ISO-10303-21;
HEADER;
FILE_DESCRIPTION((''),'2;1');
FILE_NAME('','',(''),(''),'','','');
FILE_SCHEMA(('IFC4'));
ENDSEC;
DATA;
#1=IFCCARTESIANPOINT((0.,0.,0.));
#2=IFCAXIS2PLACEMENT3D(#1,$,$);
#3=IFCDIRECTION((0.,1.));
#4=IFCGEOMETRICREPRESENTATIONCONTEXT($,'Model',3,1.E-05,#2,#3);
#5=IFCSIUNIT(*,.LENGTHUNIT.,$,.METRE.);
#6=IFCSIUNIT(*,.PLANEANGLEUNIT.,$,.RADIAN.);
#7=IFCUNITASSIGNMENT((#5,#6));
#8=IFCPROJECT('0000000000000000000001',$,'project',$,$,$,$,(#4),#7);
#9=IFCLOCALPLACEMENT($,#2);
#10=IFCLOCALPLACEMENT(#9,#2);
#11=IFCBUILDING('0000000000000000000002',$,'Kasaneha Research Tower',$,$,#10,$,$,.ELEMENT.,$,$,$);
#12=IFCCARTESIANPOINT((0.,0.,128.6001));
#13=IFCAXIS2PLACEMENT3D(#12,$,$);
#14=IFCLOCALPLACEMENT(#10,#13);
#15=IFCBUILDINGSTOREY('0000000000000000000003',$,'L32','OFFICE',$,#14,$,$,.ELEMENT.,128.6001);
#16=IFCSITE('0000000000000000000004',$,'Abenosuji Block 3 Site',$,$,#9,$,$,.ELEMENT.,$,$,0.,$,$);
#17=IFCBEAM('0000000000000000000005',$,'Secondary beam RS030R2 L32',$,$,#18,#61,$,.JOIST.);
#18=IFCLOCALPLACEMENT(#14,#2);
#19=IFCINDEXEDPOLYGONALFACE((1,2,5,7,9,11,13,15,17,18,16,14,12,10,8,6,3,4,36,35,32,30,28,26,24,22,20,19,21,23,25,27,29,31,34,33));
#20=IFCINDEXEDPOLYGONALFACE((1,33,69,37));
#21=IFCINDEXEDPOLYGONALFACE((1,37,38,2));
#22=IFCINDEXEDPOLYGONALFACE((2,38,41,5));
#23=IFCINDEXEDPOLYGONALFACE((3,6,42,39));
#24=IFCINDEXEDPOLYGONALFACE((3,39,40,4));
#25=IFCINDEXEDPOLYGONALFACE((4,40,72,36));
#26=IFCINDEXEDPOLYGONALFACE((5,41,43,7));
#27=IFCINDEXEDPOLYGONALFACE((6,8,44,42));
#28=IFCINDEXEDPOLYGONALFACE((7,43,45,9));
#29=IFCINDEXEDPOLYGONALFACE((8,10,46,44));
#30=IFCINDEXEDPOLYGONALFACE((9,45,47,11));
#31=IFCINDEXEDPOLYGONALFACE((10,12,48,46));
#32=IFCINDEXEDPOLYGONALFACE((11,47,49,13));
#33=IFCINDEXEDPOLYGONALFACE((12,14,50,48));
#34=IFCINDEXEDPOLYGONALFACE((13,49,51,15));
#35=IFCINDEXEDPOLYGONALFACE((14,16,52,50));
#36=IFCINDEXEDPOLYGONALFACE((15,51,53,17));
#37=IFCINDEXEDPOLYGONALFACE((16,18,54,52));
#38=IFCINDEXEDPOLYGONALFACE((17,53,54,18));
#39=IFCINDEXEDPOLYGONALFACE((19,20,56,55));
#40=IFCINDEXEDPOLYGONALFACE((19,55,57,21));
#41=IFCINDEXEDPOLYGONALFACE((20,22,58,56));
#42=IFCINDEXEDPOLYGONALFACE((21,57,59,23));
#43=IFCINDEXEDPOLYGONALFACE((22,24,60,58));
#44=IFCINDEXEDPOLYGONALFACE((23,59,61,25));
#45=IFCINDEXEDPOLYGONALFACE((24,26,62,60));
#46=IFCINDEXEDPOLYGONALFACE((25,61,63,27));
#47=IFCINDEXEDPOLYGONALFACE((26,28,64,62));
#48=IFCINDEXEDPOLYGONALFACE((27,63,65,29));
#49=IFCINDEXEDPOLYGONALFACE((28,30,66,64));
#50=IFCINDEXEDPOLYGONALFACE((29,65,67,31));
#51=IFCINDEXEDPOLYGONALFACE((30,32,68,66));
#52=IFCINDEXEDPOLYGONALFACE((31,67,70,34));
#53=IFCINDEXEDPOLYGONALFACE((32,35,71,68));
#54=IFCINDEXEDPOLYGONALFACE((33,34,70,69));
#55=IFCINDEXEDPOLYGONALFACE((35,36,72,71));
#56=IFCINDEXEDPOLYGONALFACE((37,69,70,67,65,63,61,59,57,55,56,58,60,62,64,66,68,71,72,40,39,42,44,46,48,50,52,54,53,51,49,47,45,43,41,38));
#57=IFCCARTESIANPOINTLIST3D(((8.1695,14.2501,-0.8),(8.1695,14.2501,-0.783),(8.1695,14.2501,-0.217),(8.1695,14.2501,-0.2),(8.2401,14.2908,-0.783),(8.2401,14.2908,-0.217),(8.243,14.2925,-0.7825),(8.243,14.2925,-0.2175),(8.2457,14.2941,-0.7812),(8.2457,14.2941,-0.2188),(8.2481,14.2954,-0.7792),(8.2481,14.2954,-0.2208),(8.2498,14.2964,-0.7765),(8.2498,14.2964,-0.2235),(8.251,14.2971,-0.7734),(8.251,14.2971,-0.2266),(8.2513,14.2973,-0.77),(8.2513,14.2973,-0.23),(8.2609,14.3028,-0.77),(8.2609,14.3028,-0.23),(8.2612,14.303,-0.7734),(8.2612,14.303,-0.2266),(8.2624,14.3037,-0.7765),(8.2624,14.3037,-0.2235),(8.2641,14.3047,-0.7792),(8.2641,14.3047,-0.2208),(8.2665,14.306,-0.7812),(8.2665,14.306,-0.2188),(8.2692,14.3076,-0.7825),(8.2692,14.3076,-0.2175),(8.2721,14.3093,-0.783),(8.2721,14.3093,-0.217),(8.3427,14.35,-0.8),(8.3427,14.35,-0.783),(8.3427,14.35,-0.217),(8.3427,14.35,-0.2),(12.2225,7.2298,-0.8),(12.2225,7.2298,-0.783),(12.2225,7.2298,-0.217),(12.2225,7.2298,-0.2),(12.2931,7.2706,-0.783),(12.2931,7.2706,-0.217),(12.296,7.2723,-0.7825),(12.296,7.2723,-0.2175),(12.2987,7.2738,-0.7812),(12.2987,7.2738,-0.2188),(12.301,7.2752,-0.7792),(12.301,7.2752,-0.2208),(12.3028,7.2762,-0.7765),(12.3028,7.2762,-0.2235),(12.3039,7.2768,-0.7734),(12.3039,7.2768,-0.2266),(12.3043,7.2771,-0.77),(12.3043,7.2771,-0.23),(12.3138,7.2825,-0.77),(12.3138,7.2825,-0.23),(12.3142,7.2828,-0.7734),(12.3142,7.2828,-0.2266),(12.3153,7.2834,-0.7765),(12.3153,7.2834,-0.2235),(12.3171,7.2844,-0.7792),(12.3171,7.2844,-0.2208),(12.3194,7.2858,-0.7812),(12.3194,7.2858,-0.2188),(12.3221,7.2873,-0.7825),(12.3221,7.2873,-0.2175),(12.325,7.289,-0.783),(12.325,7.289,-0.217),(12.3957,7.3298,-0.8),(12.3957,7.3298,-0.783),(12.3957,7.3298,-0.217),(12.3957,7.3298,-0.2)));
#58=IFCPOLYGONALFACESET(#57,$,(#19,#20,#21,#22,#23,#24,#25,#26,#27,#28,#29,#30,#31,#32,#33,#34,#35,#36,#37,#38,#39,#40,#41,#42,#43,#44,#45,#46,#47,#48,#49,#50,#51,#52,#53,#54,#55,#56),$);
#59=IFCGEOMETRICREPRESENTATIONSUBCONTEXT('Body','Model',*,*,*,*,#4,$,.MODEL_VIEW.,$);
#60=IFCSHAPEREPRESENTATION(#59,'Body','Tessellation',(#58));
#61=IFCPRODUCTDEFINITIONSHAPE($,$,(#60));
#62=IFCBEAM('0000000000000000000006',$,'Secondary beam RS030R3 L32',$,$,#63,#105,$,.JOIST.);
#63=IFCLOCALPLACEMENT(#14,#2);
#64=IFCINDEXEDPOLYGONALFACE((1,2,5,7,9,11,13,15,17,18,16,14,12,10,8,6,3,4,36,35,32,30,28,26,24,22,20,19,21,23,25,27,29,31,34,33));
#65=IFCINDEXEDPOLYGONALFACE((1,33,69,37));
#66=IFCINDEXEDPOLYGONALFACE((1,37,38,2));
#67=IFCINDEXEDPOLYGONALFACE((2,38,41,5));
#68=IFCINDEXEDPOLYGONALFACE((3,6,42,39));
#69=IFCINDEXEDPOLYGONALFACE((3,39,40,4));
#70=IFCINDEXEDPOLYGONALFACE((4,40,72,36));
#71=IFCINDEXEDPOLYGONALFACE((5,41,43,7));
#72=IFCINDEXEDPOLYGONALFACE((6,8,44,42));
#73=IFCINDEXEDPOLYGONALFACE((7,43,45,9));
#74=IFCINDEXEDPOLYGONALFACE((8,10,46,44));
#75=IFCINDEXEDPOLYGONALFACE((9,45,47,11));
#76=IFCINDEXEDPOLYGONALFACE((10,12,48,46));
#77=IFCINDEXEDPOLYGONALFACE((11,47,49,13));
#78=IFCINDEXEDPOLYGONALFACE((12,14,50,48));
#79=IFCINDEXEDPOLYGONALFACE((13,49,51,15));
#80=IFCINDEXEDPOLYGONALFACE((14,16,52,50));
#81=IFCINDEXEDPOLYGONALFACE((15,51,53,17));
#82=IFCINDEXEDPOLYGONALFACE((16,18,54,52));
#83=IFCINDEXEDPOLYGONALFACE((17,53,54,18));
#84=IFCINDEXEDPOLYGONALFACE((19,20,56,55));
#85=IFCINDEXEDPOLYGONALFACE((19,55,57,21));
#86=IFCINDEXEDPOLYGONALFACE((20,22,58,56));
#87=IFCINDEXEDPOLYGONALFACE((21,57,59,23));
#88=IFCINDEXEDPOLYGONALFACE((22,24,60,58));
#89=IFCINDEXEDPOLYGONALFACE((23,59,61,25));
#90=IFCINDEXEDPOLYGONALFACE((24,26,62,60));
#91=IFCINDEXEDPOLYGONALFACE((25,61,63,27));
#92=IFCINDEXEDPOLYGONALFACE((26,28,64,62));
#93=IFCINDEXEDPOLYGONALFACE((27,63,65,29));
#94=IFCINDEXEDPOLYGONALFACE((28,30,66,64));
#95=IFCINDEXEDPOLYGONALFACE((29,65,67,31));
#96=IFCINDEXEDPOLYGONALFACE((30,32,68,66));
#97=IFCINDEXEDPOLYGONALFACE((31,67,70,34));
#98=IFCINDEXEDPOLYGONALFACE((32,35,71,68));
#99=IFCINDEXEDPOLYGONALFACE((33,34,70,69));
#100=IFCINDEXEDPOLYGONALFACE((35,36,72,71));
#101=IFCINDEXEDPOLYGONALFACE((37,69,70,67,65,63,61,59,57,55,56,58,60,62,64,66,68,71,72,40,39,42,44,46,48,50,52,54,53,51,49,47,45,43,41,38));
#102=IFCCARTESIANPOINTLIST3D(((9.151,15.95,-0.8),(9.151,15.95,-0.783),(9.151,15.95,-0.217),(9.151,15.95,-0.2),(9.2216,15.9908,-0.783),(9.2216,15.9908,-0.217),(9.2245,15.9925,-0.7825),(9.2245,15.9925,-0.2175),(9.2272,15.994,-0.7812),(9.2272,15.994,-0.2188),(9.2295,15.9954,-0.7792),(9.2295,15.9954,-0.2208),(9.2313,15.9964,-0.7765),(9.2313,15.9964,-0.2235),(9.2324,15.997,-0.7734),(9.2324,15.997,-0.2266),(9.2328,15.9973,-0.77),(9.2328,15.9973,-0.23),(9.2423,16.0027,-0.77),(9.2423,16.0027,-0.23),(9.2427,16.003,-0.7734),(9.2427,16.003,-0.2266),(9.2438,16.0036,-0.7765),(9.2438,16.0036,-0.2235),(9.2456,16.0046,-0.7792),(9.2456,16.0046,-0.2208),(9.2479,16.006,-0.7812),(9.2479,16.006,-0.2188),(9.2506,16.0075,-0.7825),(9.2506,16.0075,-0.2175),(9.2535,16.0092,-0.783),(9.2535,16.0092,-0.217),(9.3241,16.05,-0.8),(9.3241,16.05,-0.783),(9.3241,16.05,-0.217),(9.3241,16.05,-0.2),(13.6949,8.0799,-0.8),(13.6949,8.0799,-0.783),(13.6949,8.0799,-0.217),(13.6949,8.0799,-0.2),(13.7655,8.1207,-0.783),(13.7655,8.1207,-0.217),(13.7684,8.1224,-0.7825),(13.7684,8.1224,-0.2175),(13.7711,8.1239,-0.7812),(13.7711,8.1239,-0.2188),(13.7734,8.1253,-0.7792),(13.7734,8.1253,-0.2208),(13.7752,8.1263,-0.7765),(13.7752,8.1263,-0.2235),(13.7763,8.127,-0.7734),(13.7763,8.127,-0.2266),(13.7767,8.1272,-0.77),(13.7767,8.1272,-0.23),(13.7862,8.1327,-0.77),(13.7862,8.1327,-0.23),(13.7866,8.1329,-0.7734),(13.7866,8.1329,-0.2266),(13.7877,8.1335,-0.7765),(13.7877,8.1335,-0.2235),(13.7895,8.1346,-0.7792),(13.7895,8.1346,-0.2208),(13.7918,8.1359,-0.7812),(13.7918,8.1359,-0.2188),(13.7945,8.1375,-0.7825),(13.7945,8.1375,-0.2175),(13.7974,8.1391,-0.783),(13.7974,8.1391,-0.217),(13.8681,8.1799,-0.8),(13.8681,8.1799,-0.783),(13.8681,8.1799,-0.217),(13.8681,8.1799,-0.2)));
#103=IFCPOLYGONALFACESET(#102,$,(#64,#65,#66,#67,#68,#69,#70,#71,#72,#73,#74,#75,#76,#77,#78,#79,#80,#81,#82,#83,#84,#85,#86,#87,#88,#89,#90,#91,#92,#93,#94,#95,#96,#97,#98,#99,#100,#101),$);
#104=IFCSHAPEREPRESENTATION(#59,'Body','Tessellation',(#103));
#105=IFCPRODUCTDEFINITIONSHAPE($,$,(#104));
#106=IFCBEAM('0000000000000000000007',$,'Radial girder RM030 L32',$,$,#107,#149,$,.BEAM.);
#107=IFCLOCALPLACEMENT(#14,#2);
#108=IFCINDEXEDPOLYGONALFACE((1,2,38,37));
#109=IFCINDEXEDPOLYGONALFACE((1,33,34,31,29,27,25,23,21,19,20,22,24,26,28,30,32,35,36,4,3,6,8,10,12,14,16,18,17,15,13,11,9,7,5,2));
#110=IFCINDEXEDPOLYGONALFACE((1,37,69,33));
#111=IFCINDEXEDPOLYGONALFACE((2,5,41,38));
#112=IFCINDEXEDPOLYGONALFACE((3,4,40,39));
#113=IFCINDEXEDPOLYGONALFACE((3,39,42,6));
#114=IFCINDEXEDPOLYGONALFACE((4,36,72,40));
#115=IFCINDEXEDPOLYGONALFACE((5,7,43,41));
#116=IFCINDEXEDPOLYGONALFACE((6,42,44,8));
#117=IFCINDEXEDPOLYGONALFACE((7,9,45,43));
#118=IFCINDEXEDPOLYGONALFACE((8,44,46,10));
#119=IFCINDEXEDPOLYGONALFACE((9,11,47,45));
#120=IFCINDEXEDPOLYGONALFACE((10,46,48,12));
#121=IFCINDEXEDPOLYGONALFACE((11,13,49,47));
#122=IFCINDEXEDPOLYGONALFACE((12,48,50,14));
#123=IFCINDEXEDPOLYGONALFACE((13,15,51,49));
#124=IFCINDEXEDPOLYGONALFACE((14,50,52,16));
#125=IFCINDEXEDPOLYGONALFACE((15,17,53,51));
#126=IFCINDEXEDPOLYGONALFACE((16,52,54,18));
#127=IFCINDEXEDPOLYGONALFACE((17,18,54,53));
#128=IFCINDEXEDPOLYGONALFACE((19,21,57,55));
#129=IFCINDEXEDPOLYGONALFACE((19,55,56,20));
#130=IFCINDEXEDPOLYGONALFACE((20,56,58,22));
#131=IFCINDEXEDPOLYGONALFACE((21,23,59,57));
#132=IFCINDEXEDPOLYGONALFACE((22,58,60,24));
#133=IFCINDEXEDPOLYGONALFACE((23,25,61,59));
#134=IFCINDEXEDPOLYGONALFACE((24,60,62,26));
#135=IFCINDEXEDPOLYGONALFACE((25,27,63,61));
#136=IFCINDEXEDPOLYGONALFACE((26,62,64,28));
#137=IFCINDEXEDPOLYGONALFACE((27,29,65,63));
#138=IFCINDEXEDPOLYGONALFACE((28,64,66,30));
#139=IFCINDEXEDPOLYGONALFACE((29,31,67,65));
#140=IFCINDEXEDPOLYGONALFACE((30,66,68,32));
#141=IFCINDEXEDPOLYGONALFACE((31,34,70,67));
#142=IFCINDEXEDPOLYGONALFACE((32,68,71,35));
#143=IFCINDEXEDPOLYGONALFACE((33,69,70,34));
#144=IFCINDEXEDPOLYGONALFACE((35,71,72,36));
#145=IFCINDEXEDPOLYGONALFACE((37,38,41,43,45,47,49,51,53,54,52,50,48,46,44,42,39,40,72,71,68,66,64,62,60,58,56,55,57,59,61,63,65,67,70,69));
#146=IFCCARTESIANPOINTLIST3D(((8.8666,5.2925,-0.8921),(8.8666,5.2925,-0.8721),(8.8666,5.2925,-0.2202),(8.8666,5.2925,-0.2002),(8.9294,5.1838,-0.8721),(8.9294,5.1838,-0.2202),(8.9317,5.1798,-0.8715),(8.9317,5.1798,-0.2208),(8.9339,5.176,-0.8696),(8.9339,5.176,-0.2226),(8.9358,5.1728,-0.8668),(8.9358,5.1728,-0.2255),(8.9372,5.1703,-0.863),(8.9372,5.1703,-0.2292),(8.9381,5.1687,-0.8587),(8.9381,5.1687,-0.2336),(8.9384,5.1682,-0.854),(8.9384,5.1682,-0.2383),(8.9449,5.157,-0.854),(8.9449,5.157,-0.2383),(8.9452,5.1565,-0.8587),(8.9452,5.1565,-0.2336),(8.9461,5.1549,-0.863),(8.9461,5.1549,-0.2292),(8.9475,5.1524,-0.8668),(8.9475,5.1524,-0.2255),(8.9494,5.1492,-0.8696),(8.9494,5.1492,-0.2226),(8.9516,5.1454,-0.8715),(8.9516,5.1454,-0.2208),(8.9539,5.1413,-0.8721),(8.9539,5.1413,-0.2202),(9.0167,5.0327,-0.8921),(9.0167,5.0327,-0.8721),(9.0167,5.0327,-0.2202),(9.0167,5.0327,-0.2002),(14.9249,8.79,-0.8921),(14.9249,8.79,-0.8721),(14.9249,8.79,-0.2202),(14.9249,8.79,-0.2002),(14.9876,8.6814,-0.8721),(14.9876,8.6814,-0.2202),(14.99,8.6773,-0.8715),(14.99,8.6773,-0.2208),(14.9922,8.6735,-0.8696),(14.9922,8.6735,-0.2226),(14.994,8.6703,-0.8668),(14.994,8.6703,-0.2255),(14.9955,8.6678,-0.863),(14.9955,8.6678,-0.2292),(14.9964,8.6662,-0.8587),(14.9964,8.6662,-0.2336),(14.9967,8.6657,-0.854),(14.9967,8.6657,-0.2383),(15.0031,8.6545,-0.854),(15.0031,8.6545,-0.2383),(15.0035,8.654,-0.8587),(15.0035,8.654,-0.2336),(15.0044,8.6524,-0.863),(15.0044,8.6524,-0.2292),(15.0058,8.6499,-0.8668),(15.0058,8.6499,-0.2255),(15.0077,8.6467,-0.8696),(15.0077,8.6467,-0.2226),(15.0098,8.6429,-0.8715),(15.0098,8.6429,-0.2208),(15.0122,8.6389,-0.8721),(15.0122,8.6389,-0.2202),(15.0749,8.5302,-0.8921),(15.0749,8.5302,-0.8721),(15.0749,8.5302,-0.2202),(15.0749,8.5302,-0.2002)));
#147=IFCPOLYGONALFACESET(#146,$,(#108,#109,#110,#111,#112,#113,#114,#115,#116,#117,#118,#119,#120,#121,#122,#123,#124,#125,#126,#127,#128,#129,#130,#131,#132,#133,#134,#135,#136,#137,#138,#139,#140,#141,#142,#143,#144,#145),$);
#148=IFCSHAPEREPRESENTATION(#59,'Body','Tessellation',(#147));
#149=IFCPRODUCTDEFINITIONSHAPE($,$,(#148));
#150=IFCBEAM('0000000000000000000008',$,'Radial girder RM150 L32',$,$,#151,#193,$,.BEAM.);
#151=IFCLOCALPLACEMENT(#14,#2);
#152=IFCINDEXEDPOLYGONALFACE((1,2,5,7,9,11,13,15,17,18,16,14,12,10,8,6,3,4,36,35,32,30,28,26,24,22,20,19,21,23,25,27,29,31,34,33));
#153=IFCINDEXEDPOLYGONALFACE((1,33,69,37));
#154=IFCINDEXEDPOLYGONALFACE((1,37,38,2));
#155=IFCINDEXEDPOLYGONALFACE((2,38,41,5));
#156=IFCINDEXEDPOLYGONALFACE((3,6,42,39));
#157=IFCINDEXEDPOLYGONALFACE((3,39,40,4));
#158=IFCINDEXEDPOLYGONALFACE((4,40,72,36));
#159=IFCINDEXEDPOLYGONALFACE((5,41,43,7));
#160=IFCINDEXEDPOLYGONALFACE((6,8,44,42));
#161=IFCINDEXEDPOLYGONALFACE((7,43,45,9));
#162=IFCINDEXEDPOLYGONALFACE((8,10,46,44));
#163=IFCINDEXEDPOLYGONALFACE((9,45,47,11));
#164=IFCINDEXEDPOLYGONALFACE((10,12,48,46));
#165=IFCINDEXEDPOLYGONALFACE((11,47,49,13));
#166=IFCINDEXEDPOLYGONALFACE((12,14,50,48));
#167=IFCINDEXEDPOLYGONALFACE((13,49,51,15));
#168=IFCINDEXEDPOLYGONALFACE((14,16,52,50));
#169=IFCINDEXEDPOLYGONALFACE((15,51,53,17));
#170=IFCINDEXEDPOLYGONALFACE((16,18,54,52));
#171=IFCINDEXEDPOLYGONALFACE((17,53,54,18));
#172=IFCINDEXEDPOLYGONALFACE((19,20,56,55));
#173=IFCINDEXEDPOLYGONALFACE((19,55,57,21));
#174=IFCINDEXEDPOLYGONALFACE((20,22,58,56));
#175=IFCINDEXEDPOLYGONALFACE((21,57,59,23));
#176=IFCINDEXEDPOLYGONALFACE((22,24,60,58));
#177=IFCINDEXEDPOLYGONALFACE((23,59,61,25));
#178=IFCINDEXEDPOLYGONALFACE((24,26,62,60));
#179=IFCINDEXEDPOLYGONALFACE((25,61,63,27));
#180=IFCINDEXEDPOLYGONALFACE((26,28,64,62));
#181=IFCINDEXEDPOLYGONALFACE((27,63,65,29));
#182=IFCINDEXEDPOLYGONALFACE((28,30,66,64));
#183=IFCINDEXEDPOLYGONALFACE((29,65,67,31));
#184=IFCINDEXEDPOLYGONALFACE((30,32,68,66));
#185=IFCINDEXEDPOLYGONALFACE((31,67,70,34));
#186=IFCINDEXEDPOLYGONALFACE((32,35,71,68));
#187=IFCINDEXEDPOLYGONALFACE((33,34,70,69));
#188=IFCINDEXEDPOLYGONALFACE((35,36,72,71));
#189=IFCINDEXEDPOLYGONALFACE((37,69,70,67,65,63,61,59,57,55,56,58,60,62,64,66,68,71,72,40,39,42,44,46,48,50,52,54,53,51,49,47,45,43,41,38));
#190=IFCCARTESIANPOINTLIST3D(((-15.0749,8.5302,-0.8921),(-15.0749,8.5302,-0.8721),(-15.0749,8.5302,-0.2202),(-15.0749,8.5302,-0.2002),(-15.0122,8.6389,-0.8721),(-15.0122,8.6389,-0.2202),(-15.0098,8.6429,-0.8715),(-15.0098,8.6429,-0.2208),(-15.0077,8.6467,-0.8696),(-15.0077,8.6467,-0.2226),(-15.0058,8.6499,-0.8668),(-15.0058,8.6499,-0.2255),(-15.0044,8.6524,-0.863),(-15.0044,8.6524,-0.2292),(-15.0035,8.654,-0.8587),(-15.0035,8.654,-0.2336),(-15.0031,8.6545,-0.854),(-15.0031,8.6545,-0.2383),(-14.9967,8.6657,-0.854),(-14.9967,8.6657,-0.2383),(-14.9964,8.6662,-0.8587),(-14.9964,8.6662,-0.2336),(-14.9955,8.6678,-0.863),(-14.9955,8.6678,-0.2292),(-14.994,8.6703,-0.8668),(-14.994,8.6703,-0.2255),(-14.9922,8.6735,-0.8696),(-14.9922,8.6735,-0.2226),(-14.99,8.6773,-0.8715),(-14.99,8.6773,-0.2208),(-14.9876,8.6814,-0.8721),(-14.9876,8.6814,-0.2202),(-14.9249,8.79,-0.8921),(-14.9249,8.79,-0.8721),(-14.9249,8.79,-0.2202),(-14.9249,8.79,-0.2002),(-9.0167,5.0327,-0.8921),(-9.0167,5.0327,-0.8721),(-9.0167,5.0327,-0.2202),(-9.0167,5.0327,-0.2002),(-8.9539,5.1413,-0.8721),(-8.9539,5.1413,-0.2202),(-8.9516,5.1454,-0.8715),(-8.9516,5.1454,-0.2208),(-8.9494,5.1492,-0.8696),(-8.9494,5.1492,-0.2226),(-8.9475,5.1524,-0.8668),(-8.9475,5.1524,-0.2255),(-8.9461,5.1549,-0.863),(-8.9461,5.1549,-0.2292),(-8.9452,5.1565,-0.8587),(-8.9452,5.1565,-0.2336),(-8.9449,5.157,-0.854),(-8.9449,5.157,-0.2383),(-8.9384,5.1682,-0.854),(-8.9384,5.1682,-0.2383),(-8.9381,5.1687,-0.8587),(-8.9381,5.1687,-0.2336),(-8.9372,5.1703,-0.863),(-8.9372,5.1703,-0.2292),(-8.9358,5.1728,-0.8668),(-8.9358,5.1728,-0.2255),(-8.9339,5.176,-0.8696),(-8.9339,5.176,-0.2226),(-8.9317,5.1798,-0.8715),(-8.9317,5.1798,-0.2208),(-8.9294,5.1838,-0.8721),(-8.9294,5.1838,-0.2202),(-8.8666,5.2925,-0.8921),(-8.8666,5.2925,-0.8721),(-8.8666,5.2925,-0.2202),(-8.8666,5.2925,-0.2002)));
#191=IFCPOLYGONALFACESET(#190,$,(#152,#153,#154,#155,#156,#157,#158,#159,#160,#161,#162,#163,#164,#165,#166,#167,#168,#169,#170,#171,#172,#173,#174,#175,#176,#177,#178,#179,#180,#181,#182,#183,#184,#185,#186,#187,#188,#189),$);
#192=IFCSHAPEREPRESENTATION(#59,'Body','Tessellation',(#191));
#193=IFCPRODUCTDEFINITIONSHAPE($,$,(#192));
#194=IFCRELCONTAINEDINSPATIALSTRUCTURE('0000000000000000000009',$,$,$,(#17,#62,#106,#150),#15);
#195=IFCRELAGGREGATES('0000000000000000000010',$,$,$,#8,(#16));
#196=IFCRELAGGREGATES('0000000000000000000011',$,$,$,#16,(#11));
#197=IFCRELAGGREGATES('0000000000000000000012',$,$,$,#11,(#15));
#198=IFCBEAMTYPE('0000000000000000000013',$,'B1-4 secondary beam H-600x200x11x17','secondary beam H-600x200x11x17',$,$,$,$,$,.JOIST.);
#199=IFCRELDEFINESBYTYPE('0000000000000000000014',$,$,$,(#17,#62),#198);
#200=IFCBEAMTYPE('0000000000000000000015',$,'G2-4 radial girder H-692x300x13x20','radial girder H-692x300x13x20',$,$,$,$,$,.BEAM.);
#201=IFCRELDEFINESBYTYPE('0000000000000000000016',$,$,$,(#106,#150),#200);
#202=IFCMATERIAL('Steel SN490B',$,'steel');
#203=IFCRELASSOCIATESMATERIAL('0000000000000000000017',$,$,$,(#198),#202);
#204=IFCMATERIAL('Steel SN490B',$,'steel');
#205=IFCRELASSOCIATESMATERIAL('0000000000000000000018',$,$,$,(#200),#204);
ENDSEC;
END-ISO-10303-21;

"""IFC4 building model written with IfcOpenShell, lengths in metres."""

from ifc_helpers import new_model, si_unit, direction, frame, origin, origin_2d, place, context, subcontext, project, spatial, i_section, extrude, material, material_profile, profile_set, type_object, element, save


model = new_model("IFC4")

# Units and contexts
model_context = context("Model", 3, precision=1e-05, world=origin(), true_north=direction((0.0, 1.0)))
body_context = subcontext(model_context, "Body", "Model", "MODEL_VIEW")
ifc_project = project(units=[si_unit("LENGTHUNIT", "METRE"), si_unit("PLANEANGLEUNIT", "RADIAN")], contexts=[model_context])

# Site, building, storey
site_placement = place(None, origin())
site = spatial("IfcSite", under=ifc_project, at=site_placement, Name="Abenosuji Block 3 Site", CompositionType="ELEMENT", RefElevation=0.0)
building_placement = place(site_placement, origin())
building = spatial("IfcBuilding", under=site, at=building_placement, Name="Kasaneha Research Tower", CompositionType="ELEMENT")
storey_placement = place(building_placement, frame((0.0, 0.0, 128.6001)))
storey = spatial("IfcBuildingStorey", under=building, at=storey_placement, Name="L32", Description="OFFICE", CompositionType="ELEMENT", Elevation=128.6001)

# Beams
ifc_material_1 = material(Name="Steel SN490B", Category="steel")
ifc_material_profile_1 = material_profile(ifc_material_1, i_section(OverallWidth=0.2, OverallDepth=0.6001, WebThickness=0.011, FlangeThickness=0.0171, FilletRadius=0.0129, at=origin_2d()), Name="H-600x200x11x17")
ifc_profile_set_1 = profile_set([ifc_material_profile_1], Name="Steel SN490B")
beam_type_1 = type_object("IfcBeamType", Name="B1-4 secondary beam H-600x200x11x17", Description="secondary beam H-600x200x11x17", PredefinedType="JOIST", material=ifc_profile_set_1)
beam_1_placement = place(storey_placement, frame((8.2561, 14.3, -0.5), z_axis=(0.499984, -0.866035, 0.0), x_axis=(0.866035, 0.499984, 0.0)))
element("IfcBeam", 1, at=beam_1_placement, inside=storey, type_object=beam_type_1, Name="Secondary beam RS030R2 L32", PredefinedType="JOIST", context=body_context, shape_type="SweptSolid", body=[
    extrude(i_section(OverallWidth=0.2, OverallDepth=0.6001, WebThickness=0.011, FlangeThickness=0.0171, FilletRadius=0.0129, at=origin_2d()), origin(), (0.0, 0.0, 1.0), 8.1062),
])
beam_2_placement = place(storey_placement, frame((9.2375, 16.0, -0.5), z_axis=(0.500011, -0.866019, 0.0), x_axis=(0.866019, 0.500011, 0.0)))
element("IfcBeam", 2, at=beam_2_placement, inside=storey, type_object=beam_type_1, Name="Secondary beam RS030R3 L32", PredefinedType="JOIST", context=body_context, shape_type="SweptSolid", body=[
    extrude(i_section(OverallWidth=0.2, OverallDepth=0.6001, WebThickness=0.011, FlangeThickness=0.0171, FilletRadius=0.0129, at=origin_2d()), origin(), (0.0, 0.0, 1.0), 9.0876),
])
ifc_material_2 = material(Name="Steel SN490B", Category="steel")
ifc_material_profile_2 = material_profile(ifc_material_2, i_section(OverallWidth=0.3, OverallDepth=0.6919, WebThickness=0.0129, FlangeThickness=0.02, FilletRadius=0.0181, at=origin_2d()), Name="H-692x300x13x20")
ifc_profile_set_2 = profile_set([ifc_material_profile_2], Name="Steel SN490B")
beam_type_2 = type_object("IfcBeamType", Name="G2-4 radial girder H-692x300x13x20", Description="radial girder H-692x300x13x20", PredefinedType="BEAM", material=ifc_profile_set_2)
for number, where, z_axis, x_axis, name in (
    (3, (8.9417, 5.1626, -0.5461), (0.86604, 0.499975, 0.0), (-0.499975, 0.86604, 0.0), "Radial girder RM030 L32"),
    (4, (-8.9417, 5.1626, -0.5461), (-0.86604, 0.499975, 0.0), (-0.499975, -0.86604, 0.0), "Radial girder RM150 L32"),
):
    element("IfcBeam", number, at=place(storey_placement, frame(where, z_axis=z_axis, x_axis=x_axis)), inside=storey, type_object=beam_type_2, Name=name, PredefinedType="BEAM", context=body_context, shape_type="SweptSolid", body=[
        extrude(i_section(OverallWidth=0.3, OverallDepth=0.6919, WebThickness=0.0129, FlangeThickness=0.02, FilletRadius=0.0181, at=origin_2d()), origin(), (0.0, 0.0, 1.0), 6.9954),
    ])

save(model, "model.ifc")
